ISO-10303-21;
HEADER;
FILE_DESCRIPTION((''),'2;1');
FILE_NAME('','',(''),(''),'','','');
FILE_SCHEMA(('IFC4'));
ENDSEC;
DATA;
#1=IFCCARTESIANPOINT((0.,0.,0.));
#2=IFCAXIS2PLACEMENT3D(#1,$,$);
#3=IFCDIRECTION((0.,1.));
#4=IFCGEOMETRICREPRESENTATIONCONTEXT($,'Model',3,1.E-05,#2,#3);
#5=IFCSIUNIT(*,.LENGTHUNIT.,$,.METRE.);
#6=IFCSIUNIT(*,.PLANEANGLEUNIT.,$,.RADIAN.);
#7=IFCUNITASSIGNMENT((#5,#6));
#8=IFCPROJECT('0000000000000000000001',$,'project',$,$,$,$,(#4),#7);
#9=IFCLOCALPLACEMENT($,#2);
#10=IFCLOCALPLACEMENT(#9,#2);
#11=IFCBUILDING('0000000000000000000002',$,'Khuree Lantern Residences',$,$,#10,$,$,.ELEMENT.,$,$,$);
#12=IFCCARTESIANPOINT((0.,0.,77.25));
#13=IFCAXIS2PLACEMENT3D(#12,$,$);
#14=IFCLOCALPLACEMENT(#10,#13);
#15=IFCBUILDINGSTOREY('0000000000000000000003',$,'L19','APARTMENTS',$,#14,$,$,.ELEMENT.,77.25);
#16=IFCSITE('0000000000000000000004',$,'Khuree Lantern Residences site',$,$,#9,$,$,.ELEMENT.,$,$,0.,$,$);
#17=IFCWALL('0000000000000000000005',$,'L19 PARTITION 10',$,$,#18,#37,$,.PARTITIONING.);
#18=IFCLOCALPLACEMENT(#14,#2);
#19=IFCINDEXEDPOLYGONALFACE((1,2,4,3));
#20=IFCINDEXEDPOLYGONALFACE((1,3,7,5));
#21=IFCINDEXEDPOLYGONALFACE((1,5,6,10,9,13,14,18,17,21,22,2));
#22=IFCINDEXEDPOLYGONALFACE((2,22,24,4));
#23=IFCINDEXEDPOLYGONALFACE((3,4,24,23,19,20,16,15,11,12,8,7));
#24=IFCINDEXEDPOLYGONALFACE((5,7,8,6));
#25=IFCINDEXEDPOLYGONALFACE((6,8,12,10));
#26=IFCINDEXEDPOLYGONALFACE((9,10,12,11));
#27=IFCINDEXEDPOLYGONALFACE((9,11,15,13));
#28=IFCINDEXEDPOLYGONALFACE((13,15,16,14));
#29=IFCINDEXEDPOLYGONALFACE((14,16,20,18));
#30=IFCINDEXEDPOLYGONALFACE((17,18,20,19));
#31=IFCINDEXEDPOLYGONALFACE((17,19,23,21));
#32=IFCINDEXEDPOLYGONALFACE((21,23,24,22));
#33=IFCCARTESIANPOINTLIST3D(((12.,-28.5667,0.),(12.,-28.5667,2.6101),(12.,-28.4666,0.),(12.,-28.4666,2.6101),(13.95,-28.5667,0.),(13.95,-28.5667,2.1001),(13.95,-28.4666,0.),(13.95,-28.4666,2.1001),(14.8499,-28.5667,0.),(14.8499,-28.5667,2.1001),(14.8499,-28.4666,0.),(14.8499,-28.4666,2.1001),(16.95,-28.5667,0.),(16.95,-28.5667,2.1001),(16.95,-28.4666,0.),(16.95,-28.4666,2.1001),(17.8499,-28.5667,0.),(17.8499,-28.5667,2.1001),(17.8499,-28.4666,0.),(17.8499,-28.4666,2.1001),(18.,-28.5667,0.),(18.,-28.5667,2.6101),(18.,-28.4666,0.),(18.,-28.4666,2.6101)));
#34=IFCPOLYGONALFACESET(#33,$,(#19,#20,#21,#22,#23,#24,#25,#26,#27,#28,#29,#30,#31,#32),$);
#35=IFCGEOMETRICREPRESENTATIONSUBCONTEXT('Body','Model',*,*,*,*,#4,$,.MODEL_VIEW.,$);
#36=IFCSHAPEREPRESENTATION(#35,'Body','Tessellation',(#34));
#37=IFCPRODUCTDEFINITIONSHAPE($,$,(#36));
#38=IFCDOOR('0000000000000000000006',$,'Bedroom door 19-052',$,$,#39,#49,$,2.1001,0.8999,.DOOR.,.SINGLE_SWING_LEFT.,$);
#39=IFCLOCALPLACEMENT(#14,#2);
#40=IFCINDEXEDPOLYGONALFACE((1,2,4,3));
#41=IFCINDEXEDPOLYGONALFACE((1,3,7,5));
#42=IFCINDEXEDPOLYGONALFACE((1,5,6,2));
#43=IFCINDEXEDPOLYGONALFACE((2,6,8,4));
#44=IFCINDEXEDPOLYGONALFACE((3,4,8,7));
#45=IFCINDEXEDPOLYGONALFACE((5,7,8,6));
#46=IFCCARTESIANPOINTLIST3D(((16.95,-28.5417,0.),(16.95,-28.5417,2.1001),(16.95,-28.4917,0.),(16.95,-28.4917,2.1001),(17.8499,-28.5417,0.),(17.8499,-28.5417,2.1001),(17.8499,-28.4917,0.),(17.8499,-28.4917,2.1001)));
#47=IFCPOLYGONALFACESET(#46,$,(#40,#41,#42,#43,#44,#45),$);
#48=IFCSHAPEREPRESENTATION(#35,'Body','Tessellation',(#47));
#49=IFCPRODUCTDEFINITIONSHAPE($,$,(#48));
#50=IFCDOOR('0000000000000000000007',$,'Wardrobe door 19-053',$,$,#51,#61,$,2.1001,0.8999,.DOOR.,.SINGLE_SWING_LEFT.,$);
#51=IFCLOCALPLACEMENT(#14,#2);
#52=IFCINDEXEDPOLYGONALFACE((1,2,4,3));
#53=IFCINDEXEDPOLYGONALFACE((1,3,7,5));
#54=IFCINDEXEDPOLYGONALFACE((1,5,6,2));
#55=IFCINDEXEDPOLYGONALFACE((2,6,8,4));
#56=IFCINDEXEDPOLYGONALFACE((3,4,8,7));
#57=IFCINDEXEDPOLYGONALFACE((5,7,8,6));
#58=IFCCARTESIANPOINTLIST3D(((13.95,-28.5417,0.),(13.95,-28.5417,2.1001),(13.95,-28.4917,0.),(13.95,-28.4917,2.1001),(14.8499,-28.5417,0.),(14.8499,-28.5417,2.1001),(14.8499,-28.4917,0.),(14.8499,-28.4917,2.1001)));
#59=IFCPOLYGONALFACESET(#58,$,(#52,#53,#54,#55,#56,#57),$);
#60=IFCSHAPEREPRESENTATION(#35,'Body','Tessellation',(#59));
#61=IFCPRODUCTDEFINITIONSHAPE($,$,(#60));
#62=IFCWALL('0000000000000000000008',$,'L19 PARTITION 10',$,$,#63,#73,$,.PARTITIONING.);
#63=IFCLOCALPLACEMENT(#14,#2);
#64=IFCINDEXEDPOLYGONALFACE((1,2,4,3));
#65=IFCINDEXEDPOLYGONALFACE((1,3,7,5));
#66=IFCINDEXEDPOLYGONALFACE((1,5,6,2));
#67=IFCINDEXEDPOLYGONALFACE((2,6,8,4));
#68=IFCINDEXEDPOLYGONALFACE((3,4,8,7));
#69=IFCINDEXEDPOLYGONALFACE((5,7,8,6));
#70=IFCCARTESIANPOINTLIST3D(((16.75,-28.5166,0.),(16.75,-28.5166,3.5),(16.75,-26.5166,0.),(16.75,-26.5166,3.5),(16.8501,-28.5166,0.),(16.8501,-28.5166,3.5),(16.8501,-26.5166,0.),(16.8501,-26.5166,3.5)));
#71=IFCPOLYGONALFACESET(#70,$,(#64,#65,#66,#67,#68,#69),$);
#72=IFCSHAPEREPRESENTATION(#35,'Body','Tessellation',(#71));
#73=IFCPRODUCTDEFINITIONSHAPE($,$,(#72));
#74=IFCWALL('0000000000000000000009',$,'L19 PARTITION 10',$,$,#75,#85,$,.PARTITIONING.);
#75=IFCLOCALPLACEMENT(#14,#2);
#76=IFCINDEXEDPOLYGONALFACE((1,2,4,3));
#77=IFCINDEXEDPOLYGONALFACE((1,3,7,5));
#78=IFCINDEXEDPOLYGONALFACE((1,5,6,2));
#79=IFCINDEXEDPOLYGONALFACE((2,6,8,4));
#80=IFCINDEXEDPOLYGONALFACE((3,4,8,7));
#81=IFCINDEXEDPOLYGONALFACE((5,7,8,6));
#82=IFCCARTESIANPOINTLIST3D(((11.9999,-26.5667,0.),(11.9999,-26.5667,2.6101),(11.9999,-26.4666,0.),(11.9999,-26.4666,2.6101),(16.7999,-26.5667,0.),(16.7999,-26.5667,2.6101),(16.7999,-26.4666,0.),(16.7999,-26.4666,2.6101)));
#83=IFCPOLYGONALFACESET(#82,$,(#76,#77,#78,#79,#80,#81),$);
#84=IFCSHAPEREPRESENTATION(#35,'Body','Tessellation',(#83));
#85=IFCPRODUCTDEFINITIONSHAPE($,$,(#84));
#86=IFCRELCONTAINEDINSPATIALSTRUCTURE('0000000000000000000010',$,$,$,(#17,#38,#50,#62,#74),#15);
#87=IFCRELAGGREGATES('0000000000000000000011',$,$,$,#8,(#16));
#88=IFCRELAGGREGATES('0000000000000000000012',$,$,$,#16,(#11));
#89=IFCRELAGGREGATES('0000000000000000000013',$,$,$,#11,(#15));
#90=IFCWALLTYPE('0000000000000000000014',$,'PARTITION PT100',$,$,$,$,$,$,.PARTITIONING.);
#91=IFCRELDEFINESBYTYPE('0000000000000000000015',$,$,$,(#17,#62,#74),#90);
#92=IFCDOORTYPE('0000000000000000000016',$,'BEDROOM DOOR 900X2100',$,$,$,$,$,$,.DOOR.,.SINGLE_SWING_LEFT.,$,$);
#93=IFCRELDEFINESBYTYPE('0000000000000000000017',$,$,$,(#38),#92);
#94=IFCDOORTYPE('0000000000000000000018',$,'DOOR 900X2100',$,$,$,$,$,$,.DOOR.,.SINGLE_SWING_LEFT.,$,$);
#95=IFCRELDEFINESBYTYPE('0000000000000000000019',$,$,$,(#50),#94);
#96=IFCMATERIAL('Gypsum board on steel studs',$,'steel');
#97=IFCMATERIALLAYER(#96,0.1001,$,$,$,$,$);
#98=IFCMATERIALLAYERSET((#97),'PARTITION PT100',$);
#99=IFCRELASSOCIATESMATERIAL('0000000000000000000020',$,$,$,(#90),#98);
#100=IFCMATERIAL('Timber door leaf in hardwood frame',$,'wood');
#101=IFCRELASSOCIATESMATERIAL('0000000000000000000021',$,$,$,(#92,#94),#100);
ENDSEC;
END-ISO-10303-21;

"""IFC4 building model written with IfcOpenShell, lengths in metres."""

from ifc_helpers import new_model, si_unit, direction, frame, frame_2d, origin, place, context, subcontext, project, spatial, rectangle, extrude, material, layer, layer_set, type_object, element, fill, save


model = new_model("IFC4")

# Units and contexts
model_context = context("Model", 3, precision=1e-05, world=origin(), true_north=direction((0.0, 1.0)))
body_context = subcontext(model_context, "Body", "Model", "MODEL_VIEW")
ifc_project = project(units=[si_unit("LENGTHUNIT", "METRE"), si_unit("PLANEANGLEUNIT", "RADIAN")], contexts=[model_context])

# Site, building, storey
site_placement = place(None, origin())
site = spatial("IfcSite", under=ifc_project, at=site_placement, Name="Khuree Lantern Residences site", CompositionType="ELEMENT", RefElevation=0.0)
building_placement = place(site_placement, origin())
building = spatial("IfcBuilding", under=site, at=building_placement, Name="Khuree Lantern Residences", CompositionType="ELEMENT")
storey_placement = place(building_placement, frame((0.0, 0.0, 77.25)))
storey = spatial("IfcBuildingStorey", under=building, at=storey_placement, Name="L19", Description="APARTMENTS", CompositionType="ELEMENT", Elevation=77.25)

# Shared definitions
ifc_material_1 = material(Name="Timber door leaf in hardwood frame", Category="wood")

# Shared definitions
ifc_material_2 = material(Name="Gypsum board on steel studs", Category="steel")
ifc_layer_1 = layer(ifc_material_2, 0.1001)
ifc_layer_set_1 = layer_set([ifc_layer_1], Name="PARTITION PT100")
wall_type_1 = type_object("IfcWallType", Name="PARTITION PT100", PredefinedType="PARTITIONING", material=ifc_layer_set_1)

# Shared definitions
door_type_1 = type_object("IfcDoorType", Name="BEDROOM DOOR 900X2100", OperationType="SINGLE_SWING_LEFT", PredefinedType="DOOR", material=ifc_material_1)

# Wall, openings, doors
wall_1_placement = place(storey_placement, frame((12.0, -28.5166, 0.0), z_axis=(0.0, 0.0, 1.0), x_axis=(1.0, 0.0, 0.0)))
wall_1 = element("IfcWall", 1, at=wall_1_placement, inside=storey, type_object=wall_type_1, Name="L19 PARTITION 10", PredefinedType="PARTITIONING", context=body_context, shape_type="SweptSolid", body=[
    extrude(rectangle(XDim=6.0, YDim=0.1001, at=frame_2d((3.0, 0.0))), origin(), (0.0, 0.0, 1.0), 2.6101),
])
opening_1_placement = place(wall_1_placement, frame((4.95, 0.0, 0.0)))
opening_1 = element("IfcOpeningElement", 2, at=opening_1_placement, cuts=wall_1, PredefinedType="OPENING", context=body_context, shape_type="SweptSolid", body=[
    extrude(rectangle(XDim=0.8999, YDim=2.1001, at=frame_2d((0.45, 1.05))), frame((0.0, 0.0601, 0.0), z_axis=(0.0, -1.0, 0.0), x_axis=(1.0, 0.0, 0.0)), (0.0, 0.0, 1.0), 0.1201),
])
opening_2_placement = place(wall_1_placement, frame((1.95, 0.0, 0.0)))
opening_2 = element("IfcOpeningElement", 3, at=opening_2_placement, cuts=wall_1, PredefinedType="OPENING", context=body_context, shape_type="SweptSolid", body=[
    extrude(rectangle(XDim=0.8999, YDim=2.1001, at=frame_2d((0.45, 1.05))), frame((0.0, 0.0601, 0.0), z_axis=(0.0, -1.0, 0.0), x_axis=(1.0, 0.0, 0.0)), (0.0, 0.0, 1.0), 0.1201),
])
door_1_placement = place(opening_1_placement, origin())
door_1 = element("IfcDoor", 4, at=door_1_placement, inside=storey, type_object=door_type_1, Name="Bedroom door 19-052", OperationType="SINGLE_SWING_LEFT", OverallHeight=2.1001, OverallWidth=0.8999, PredefinedType="DOOR", context=body_context, shape_type="SweptSolid", body=[
    extrude(rectangle(XDim=0.8999, YDim=2.1001, at=frame_2d((0.45, 1.05))), frame((0.0, 0.0249, 0.0), z_axis=(0.0, -1.0, 0.0), x_axis=(1.0, 0.0, 0.0)), (0.0, 0.0, 1.0), 0.05),
])
fill(opening_1, door_1)
door_type_2 = type_object("IfcDoorType", Name="DOOR 900X2100", OperationType="SINGLE_SWING_LEFT", PredefinedType="DOOR", material=ifc_material_1)
door_2_placement = place(opening_2_placement, origin())
door_2 = element("IfcDoor", 5, at=door_2_placement, inside=storey, type_object=door_type_2, Name="Wardrobe door 19-053", OperationType="SINGLE_SWING_LEFT", OverallHeight=2.1001, OverallWidth=0.8999, PredefinedType="DOOR", context=body_context, shape_type="SweptSolid", body=[
    extrude(rectangle(XDim=0.8999, YDim=2.1001, at=frame_2d((0.45, 1.05))), frame((0.0, 0.0249, 0.0), z_axis=(0.0, -1.0, 0.0), x_axis=(1.0, 0.0, 0.0)), (0.0, 0.0, 1.0), 0.05),
])
fill(opening_2, door_2)

# Walls
wall_2_placement = place(storey_placement, frame((16.8, -26.5166, 0.0), z_axis=(0.0, 0.0, 1.0), x_axis=(0.0, -1.0, 0.0)))
element("IfcWall", 6, at=wall_2_placement, inside=storey, type_object=wall_type_1, Name="L19 PARTITION 10", PredefinedType="PARTITIONING", context=body_context, shape_type="SweptSolid", body=[
    extrude(rectangle(XDim=2.0, YDim=0.1001, at=frame_2d((1.0, 0.0))), origin(), (0.0, 0.0, 1.0), 3.5),
])
wall_3_placement = place(storey_placement, frame((12.0, -26.5166, 0.0), z_axis=(0.0, 0.0, 1.0), x_axis=(1.0, 0.0, 0.0)))
element("IfcWall", 7, at=wall_3_placement, inside=storey, type_object=wall_type_1, Name="L19 PARTITION 10", PredefinedType="PARTITIONING", context=body_context, shape_type="SweptSolid", body=[
    extrude(rectangle(XDim=4.8, YDim=0.1001, at=frame_2d((2.3999, 0.0))), origin(), (0.0, 0.0, 1.0), 2.6101),
])

save(model, "model.ifc")
